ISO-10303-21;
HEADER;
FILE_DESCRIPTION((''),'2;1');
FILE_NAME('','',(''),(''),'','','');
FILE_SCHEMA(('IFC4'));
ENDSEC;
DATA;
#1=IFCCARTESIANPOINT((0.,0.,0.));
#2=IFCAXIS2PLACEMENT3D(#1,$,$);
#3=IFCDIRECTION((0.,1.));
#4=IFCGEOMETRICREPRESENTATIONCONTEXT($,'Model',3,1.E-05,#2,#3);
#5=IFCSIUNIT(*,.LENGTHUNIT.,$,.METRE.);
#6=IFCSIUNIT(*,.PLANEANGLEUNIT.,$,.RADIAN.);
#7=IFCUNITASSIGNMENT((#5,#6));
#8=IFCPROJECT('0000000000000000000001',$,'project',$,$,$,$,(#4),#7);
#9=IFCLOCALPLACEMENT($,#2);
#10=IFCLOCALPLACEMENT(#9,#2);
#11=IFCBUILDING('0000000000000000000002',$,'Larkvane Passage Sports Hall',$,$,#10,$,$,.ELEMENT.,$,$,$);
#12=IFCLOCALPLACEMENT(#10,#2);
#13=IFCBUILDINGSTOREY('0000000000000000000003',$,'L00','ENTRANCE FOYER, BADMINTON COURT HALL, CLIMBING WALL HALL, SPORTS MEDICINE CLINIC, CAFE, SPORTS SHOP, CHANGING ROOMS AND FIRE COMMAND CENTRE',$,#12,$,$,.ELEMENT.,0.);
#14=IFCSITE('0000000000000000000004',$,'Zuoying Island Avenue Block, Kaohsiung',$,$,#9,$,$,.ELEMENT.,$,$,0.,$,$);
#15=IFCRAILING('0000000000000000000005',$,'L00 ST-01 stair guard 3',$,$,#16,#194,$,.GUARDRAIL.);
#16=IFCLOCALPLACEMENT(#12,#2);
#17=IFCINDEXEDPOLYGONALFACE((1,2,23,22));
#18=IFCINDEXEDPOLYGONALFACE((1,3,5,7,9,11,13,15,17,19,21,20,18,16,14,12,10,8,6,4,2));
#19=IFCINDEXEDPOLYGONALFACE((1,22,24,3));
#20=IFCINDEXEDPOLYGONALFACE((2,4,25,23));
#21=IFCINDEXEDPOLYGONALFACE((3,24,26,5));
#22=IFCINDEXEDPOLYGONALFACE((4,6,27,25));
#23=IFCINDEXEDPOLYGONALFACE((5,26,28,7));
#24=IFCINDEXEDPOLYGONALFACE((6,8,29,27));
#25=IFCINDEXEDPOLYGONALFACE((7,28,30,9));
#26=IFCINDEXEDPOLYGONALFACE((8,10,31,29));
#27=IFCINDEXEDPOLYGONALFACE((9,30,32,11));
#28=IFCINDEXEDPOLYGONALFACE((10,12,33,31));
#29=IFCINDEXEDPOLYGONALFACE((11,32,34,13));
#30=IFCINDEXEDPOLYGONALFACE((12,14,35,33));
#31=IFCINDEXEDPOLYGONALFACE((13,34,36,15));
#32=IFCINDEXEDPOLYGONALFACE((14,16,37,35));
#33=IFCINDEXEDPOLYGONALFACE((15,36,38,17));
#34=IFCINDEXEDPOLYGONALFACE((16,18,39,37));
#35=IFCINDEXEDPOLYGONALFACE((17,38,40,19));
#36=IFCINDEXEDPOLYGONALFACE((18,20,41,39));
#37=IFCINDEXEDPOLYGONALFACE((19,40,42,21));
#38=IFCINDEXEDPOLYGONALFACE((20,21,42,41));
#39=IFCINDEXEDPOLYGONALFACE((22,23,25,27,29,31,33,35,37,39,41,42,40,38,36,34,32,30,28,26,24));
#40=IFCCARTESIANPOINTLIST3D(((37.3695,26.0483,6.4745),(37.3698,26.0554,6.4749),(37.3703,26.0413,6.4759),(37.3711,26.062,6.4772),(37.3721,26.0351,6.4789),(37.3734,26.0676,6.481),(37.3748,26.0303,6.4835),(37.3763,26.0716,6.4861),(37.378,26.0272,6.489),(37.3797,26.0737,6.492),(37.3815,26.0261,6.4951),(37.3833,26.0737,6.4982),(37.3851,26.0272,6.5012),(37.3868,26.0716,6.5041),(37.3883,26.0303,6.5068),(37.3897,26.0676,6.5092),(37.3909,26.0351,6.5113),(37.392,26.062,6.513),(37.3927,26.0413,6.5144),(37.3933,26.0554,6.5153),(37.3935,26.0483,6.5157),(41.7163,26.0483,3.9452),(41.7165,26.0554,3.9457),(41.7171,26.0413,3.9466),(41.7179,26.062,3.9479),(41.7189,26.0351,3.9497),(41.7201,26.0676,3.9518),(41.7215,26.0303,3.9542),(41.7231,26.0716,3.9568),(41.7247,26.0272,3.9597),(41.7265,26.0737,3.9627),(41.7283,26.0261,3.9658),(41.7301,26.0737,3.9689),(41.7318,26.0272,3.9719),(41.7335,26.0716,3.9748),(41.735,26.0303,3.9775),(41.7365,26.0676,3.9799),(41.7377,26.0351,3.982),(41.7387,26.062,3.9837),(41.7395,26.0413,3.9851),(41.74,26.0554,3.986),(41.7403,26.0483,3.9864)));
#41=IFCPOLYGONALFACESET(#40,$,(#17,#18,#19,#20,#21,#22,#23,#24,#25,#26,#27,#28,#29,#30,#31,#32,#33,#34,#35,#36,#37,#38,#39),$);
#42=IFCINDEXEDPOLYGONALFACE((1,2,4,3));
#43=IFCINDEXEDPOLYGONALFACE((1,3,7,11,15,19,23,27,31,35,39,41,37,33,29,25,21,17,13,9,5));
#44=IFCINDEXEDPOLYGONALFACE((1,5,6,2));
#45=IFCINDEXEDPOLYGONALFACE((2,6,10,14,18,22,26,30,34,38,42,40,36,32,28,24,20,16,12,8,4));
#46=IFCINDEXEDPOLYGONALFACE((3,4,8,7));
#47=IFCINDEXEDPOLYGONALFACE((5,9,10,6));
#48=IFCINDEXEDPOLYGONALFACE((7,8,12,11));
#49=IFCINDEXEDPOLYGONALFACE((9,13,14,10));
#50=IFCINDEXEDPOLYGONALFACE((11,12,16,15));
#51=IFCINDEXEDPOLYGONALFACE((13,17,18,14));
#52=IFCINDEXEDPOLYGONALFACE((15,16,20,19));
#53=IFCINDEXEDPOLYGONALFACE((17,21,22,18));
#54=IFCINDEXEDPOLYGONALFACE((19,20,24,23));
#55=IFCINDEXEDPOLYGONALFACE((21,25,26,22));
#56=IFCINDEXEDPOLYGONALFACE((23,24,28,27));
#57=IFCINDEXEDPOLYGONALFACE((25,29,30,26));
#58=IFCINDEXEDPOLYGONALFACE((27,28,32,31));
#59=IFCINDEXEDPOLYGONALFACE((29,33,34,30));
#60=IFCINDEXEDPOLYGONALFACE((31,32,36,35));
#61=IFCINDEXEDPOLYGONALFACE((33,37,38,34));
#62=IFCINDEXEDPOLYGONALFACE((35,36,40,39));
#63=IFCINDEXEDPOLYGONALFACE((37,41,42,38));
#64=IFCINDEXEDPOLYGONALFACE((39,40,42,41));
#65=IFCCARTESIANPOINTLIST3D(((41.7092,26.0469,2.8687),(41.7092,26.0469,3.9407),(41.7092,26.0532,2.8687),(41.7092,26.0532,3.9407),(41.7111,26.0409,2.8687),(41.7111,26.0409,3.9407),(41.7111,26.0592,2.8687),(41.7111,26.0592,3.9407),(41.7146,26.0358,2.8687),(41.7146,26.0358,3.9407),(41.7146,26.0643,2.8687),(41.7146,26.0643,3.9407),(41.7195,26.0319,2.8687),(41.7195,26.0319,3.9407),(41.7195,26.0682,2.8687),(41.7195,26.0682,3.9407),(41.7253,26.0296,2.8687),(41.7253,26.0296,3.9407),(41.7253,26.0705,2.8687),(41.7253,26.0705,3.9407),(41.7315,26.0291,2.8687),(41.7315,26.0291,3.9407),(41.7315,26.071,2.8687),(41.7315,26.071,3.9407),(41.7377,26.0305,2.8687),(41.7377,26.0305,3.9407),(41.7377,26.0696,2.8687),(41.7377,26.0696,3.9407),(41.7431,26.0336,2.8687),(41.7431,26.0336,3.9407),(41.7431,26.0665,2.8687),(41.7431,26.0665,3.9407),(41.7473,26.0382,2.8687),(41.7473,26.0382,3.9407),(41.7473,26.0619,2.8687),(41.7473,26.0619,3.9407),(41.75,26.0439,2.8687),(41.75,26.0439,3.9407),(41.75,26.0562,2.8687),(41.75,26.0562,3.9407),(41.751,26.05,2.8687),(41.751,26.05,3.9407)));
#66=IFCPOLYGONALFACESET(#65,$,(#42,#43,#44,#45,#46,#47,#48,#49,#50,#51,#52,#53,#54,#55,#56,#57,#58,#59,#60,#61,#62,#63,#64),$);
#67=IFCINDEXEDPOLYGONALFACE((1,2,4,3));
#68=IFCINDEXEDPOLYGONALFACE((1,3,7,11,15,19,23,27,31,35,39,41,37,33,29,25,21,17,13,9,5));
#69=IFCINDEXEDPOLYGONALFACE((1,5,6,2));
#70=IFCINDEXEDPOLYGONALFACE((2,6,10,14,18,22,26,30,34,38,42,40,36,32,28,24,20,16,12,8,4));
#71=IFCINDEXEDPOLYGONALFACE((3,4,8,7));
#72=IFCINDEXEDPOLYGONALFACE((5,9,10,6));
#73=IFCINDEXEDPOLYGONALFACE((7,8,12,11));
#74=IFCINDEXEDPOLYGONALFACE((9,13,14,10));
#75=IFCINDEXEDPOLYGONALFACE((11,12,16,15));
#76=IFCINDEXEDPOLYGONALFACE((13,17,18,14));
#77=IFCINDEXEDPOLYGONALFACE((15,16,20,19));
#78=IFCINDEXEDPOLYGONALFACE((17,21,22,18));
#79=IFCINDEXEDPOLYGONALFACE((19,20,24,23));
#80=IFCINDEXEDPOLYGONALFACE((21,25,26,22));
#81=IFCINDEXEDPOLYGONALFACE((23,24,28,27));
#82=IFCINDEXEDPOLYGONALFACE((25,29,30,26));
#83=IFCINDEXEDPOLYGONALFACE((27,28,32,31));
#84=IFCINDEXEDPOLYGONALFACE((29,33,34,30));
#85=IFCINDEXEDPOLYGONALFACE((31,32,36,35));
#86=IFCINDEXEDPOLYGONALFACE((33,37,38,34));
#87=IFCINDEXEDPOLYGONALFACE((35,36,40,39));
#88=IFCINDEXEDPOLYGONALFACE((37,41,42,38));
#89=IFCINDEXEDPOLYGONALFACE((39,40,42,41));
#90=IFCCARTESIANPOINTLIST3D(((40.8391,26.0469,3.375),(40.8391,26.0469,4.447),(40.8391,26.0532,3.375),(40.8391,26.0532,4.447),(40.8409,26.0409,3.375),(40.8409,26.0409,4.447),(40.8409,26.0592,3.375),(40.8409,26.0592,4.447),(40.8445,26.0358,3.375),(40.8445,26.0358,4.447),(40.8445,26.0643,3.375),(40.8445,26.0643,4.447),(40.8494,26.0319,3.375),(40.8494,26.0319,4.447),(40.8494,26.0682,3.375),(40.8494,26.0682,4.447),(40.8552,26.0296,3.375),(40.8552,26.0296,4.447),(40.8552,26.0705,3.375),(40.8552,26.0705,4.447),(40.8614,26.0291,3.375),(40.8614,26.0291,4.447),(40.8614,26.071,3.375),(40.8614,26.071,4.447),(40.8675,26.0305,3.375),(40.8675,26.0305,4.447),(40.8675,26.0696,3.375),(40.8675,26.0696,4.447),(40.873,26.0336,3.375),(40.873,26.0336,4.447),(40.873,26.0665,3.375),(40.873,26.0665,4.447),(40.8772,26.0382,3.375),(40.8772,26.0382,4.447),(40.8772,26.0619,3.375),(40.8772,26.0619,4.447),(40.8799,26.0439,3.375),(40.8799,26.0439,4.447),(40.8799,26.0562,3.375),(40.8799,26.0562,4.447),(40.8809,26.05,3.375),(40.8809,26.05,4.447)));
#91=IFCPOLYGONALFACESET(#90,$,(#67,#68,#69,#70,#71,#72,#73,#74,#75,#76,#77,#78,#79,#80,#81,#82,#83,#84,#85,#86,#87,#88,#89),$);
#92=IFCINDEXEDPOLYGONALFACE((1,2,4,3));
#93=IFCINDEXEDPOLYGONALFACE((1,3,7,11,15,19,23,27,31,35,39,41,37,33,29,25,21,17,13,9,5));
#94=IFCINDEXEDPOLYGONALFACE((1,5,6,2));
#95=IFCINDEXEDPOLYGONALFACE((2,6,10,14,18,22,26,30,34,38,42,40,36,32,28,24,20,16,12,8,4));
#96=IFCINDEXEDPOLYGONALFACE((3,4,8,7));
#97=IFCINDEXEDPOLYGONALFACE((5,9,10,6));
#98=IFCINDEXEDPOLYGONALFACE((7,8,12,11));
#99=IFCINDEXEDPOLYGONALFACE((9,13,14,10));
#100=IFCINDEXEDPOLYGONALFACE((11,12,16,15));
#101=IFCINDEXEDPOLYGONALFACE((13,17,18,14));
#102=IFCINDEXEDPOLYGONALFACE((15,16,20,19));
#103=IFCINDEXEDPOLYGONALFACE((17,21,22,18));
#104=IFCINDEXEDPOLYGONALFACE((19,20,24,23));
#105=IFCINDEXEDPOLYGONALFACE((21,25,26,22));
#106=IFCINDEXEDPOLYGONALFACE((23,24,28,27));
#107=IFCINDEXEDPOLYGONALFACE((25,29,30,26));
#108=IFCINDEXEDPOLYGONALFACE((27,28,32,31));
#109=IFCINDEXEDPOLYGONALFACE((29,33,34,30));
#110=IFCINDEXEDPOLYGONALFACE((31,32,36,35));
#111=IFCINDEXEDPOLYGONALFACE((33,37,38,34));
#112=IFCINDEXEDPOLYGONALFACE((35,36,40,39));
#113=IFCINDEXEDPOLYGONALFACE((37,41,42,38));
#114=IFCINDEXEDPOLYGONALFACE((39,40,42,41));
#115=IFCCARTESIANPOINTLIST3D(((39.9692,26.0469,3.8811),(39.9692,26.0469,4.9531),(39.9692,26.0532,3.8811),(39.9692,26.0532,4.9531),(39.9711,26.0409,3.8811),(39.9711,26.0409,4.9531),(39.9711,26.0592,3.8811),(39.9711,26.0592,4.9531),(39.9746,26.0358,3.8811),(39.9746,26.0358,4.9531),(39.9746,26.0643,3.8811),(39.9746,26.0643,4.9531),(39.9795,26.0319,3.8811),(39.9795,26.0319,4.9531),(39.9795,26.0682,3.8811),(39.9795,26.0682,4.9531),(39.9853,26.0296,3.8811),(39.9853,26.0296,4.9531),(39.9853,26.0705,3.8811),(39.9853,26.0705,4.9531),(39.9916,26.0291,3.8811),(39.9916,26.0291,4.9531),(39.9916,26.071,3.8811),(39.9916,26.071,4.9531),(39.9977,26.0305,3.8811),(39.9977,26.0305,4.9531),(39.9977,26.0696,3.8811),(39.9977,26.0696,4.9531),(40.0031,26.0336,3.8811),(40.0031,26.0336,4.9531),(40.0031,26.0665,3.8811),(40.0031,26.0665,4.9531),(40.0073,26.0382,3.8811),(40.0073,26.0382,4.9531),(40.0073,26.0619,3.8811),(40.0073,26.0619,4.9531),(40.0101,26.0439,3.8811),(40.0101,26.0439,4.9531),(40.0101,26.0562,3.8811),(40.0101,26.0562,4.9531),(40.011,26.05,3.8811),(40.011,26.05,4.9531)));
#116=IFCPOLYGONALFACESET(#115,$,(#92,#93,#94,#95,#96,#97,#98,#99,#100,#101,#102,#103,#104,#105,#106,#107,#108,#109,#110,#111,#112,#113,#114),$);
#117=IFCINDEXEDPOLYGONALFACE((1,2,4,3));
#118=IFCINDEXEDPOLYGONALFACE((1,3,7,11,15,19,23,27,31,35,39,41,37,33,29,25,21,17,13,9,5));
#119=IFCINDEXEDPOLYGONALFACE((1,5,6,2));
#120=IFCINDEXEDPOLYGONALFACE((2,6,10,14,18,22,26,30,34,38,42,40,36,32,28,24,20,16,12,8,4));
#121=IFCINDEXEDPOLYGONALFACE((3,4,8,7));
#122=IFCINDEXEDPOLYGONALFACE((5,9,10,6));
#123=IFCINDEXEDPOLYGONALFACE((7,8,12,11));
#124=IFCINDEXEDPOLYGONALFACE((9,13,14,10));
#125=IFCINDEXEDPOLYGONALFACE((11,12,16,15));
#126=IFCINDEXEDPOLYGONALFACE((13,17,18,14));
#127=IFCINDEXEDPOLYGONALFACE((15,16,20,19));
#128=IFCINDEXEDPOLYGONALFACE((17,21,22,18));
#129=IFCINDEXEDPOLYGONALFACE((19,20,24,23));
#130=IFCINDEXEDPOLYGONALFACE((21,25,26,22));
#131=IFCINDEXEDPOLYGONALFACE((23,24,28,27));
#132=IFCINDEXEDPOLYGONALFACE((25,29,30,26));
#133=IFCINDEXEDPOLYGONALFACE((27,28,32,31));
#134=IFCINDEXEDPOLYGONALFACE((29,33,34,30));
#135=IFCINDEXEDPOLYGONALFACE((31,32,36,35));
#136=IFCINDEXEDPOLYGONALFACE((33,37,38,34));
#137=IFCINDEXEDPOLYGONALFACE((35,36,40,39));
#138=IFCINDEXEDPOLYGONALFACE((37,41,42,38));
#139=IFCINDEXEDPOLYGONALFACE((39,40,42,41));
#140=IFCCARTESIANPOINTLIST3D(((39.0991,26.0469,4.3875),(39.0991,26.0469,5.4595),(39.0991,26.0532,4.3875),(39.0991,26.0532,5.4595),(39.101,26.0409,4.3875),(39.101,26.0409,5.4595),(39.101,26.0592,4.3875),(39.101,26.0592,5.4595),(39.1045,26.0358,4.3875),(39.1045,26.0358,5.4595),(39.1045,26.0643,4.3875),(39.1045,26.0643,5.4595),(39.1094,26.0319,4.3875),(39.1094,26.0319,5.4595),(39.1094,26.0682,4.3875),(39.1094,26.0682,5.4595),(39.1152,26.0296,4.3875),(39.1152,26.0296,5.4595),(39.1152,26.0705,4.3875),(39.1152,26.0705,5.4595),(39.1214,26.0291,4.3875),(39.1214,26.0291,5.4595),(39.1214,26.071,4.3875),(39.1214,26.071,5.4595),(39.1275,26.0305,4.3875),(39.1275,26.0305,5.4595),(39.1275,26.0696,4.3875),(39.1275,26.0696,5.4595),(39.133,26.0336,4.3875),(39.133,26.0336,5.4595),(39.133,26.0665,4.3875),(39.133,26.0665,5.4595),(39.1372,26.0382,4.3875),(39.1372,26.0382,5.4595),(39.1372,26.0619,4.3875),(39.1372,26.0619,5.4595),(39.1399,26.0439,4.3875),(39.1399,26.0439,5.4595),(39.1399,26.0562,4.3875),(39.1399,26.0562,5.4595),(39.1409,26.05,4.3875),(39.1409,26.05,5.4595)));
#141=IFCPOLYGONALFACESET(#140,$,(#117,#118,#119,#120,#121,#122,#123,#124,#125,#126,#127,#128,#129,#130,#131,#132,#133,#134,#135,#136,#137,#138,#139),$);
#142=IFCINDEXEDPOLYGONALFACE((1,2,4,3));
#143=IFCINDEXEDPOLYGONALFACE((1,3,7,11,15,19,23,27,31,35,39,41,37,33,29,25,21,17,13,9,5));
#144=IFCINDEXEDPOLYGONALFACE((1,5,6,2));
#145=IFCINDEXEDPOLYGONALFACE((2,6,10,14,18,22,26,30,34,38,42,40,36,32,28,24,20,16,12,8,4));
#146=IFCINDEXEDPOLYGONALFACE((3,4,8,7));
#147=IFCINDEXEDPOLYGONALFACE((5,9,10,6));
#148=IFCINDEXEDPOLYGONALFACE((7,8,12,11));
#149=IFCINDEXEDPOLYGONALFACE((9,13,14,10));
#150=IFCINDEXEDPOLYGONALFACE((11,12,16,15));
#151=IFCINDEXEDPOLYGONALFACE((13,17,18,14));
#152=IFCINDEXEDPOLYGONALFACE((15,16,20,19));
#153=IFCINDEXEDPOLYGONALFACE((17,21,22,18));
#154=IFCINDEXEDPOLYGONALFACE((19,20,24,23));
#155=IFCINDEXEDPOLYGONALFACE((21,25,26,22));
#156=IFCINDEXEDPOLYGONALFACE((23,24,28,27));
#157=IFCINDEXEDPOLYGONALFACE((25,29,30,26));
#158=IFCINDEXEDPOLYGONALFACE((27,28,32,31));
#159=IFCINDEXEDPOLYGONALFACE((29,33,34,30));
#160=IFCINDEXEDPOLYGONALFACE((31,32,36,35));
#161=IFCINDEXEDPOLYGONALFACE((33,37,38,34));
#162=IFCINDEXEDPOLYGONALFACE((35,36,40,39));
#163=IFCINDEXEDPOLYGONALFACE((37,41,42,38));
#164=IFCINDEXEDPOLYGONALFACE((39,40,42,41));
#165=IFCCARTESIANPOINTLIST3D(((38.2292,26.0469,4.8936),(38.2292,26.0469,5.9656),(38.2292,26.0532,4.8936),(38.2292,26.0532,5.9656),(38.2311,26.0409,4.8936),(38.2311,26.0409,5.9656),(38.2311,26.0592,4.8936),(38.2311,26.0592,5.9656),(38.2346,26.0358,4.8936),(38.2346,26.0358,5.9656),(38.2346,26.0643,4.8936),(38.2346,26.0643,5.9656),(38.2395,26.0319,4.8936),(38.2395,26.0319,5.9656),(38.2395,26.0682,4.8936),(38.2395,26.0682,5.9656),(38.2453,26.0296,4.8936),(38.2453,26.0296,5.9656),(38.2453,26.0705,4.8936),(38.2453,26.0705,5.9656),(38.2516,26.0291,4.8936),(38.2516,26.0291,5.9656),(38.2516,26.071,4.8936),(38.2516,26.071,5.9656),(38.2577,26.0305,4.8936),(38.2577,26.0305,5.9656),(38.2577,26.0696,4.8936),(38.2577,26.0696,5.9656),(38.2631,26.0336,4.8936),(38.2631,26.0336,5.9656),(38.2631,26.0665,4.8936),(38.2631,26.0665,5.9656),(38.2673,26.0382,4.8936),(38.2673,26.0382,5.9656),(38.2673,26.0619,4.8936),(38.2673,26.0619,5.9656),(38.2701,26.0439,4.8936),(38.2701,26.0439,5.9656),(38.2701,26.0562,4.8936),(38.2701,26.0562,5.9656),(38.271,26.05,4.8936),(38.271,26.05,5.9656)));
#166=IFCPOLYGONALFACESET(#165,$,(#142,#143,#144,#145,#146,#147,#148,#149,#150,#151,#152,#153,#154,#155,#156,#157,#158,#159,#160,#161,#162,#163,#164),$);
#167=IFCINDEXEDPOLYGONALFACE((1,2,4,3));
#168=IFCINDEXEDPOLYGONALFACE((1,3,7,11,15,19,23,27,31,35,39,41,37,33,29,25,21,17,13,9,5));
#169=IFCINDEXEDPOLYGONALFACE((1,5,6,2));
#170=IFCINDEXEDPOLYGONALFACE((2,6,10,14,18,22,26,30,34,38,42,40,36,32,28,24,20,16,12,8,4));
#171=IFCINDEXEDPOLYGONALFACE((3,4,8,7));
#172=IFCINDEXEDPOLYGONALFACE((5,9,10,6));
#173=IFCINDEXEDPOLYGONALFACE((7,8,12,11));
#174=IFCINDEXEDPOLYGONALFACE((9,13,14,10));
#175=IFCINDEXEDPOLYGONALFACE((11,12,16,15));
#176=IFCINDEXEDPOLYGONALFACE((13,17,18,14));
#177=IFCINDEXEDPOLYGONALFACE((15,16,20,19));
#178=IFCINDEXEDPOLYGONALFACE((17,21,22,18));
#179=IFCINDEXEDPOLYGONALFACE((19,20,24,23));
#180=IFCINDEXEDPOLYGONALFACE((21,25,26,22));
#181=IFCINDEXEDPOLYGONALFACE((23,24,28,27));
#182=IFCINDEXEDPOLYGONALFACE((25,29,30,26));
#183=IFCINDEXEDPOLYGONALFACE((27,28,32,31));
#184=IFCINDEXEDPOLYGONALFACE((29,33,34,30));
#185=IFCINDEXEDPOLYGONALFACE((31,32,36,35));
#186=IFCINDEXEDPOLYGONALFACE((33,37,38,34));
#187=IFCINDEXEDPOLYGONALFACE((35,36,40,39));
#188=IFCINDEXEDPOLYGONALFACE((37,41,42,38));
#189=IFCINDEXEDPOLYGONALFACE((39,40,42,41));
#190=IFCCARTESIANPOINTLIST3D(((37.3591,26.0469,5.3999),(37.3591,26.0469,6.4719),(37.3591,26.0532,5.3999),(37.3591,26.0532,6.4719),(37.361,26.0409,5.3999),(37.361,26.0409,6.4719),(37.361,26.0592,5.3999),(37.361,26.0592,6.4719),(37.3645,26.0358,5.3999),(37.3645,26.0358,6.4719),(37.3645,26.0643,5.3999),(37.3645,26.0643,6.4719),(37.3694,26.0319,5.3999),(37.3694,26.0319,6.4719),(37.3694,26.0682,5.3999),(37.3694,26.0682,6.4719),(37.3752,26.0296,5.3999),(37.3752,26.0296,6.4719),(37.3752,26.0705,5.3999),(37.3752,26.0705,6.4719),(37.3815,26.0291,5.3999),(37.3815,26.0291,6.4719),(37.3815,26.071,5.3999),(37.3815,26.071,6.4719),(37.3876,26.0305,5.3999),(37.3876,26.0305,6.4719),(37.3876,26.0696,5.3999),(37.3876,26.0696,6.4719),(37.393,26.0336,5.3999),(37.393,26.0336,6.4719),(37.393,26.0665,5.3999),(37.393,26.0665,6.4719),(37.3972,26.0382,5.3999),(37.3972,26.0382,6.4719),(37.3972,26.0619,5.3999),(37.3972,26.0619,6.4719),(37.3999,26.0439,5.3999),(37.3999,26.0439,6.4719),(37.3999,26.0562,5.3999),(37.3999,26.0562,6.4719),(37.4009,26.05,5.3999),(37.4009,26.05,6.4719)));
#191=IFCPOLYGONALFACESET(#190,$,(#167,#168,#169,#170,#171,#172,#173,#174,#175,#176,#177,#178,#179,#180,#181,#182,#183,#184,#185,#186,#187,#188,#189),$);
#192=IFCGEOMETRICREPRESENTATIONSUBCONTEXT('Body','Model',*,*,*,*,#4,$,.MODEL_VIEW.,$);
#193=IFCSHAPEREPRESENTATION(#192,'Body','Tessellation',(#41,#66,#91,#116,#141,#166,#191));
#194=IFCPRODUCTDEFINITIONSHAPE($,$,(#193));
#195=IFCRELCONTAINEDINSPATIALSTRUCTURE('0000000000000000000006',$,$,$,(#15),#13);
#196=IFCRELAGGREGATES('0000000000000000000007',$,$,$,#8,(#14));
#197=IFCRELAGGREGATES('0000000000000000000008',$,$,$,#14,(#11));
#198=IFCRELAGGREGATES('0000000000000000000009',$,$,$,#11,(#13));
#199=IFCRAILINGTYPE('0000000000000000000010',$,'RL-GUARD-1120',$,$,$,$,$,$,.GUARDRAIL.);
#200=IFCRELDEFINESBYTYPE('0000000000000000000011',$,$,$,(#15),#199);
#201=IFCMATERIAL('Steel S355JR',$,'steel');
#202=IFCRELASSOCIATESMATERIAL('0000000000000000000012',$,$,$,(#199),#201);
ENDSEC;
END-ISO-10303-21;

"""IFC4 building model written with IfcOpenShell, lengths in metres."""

from ifc_helpers import new_model, si_unit, direction, frame, origin, origin_2d, place, context, subcontext, project, spatial, circle, extrude, material, type_object, element, save


model = new_model("IFC4")

# Units and contexts
model_context = context("Model", 3, precision=1e-05, world=origin(), true_north=direction((0.0, 1.0)))
body_context = subcontext(model_context, "Body", "Model", "MODEL_VIEW")
ifc_project = project(units=[si_unit("LENGTHUNIT", "METRE"), si_unit("PLANEANGLEUNIT", "RADIAN")], contexts=[model_context])

# Site, building, storey
site_placement = place(None, origin())
site = spatial("IfcSite", under=ifc_project, at=site_placement, Name="Zuoying Island Avenue Block, Kaohsiung", CompositionType="ELEMENT", RefElevation=0.0)
building_placement = place(site_placement, origin())
building = spatial("IfcBuilding", under=site, at=building_placement, Name="Larkvane Passage Sports Hall", CompositionType="ELEMENT")
storey_placement = place(building_placement, origin())
storey = spatial("IfcBuildingStorey", under=building, at=storey_placement, Name="L00", Description="ENTRANCE FOYER, BADMINTON COURT HALL, CLIMBING WALL HALL, SPORTS MEDICINE CLINIC, CAFE, SPORTS SHOP, CHANGING ROOMS AND FIRE COMMAND CENTRE", CompositionType="ELEMENT", Elevation=0.0)

# Railing
ifc_material_1 = material(Name="Steel S355JR", Category="steel")
railing_type_1 = type_object("IfcRailingType", Name="RL-GUARD-1120", PredefinedType="GUARDRAIL", material=ifc_material_1)
railing_1_placement = place(storey_placement, frame((41.73, 26.05, 2.8687)))
element("IfcRailing", 1, at=railing_1_placement, inside=storey, type_object=railing_type_1, Name="L00 ST-01 stair guard 3", PredefinedType="GUARDRAIL", context=body_context, shape_type="SweptSolid", body=[
    extrude(circle(Radius=0.0239, at=origin_2d()), frame((-0.0017, 0.0, 1.0972), z_axis=(-0.864324, 0.0, 0.502936), x_axis=(0.0, -1.0, 0.0)), (0.0, 0.0, 1.0), 5.0291),
    extrude(circle(Radius=0.021, at=origin_2d()), origin(), (0.0, 0.0, 1.0), 1.072),
    extrude(circle(Radius=0.021, at=origin_2d()), frame((-0.8701, 0.0, 0.5063)), (0.0, 0.0, 1.0), 1.072),
    extrude(circle(Radius=0.021, at=origin_2d()), frame((-1.74, 0.0, 1.0125)), (0.0, 0.0, 1.0), 1.072),
    extrude(circle(Radius=0.021, at=origin_2d()), frame((-2.6101, 0.0, 1.5188)), (0.0, 0.0, 1.0), 1.072),
    extrude(circle(Radius=0.021, at=origin_2d()), frame((-3.48, 0.0, 2.0249)), (0.0, 0.0, 1.0), 1.072),
    extrude(circle(Radius=0.021, at=origin_2d()), frame((-4.3501, 0.0, 2.5312)), (0.0, 0.0, 1.0), 1.072),
])

save(model, "model.ifc")
